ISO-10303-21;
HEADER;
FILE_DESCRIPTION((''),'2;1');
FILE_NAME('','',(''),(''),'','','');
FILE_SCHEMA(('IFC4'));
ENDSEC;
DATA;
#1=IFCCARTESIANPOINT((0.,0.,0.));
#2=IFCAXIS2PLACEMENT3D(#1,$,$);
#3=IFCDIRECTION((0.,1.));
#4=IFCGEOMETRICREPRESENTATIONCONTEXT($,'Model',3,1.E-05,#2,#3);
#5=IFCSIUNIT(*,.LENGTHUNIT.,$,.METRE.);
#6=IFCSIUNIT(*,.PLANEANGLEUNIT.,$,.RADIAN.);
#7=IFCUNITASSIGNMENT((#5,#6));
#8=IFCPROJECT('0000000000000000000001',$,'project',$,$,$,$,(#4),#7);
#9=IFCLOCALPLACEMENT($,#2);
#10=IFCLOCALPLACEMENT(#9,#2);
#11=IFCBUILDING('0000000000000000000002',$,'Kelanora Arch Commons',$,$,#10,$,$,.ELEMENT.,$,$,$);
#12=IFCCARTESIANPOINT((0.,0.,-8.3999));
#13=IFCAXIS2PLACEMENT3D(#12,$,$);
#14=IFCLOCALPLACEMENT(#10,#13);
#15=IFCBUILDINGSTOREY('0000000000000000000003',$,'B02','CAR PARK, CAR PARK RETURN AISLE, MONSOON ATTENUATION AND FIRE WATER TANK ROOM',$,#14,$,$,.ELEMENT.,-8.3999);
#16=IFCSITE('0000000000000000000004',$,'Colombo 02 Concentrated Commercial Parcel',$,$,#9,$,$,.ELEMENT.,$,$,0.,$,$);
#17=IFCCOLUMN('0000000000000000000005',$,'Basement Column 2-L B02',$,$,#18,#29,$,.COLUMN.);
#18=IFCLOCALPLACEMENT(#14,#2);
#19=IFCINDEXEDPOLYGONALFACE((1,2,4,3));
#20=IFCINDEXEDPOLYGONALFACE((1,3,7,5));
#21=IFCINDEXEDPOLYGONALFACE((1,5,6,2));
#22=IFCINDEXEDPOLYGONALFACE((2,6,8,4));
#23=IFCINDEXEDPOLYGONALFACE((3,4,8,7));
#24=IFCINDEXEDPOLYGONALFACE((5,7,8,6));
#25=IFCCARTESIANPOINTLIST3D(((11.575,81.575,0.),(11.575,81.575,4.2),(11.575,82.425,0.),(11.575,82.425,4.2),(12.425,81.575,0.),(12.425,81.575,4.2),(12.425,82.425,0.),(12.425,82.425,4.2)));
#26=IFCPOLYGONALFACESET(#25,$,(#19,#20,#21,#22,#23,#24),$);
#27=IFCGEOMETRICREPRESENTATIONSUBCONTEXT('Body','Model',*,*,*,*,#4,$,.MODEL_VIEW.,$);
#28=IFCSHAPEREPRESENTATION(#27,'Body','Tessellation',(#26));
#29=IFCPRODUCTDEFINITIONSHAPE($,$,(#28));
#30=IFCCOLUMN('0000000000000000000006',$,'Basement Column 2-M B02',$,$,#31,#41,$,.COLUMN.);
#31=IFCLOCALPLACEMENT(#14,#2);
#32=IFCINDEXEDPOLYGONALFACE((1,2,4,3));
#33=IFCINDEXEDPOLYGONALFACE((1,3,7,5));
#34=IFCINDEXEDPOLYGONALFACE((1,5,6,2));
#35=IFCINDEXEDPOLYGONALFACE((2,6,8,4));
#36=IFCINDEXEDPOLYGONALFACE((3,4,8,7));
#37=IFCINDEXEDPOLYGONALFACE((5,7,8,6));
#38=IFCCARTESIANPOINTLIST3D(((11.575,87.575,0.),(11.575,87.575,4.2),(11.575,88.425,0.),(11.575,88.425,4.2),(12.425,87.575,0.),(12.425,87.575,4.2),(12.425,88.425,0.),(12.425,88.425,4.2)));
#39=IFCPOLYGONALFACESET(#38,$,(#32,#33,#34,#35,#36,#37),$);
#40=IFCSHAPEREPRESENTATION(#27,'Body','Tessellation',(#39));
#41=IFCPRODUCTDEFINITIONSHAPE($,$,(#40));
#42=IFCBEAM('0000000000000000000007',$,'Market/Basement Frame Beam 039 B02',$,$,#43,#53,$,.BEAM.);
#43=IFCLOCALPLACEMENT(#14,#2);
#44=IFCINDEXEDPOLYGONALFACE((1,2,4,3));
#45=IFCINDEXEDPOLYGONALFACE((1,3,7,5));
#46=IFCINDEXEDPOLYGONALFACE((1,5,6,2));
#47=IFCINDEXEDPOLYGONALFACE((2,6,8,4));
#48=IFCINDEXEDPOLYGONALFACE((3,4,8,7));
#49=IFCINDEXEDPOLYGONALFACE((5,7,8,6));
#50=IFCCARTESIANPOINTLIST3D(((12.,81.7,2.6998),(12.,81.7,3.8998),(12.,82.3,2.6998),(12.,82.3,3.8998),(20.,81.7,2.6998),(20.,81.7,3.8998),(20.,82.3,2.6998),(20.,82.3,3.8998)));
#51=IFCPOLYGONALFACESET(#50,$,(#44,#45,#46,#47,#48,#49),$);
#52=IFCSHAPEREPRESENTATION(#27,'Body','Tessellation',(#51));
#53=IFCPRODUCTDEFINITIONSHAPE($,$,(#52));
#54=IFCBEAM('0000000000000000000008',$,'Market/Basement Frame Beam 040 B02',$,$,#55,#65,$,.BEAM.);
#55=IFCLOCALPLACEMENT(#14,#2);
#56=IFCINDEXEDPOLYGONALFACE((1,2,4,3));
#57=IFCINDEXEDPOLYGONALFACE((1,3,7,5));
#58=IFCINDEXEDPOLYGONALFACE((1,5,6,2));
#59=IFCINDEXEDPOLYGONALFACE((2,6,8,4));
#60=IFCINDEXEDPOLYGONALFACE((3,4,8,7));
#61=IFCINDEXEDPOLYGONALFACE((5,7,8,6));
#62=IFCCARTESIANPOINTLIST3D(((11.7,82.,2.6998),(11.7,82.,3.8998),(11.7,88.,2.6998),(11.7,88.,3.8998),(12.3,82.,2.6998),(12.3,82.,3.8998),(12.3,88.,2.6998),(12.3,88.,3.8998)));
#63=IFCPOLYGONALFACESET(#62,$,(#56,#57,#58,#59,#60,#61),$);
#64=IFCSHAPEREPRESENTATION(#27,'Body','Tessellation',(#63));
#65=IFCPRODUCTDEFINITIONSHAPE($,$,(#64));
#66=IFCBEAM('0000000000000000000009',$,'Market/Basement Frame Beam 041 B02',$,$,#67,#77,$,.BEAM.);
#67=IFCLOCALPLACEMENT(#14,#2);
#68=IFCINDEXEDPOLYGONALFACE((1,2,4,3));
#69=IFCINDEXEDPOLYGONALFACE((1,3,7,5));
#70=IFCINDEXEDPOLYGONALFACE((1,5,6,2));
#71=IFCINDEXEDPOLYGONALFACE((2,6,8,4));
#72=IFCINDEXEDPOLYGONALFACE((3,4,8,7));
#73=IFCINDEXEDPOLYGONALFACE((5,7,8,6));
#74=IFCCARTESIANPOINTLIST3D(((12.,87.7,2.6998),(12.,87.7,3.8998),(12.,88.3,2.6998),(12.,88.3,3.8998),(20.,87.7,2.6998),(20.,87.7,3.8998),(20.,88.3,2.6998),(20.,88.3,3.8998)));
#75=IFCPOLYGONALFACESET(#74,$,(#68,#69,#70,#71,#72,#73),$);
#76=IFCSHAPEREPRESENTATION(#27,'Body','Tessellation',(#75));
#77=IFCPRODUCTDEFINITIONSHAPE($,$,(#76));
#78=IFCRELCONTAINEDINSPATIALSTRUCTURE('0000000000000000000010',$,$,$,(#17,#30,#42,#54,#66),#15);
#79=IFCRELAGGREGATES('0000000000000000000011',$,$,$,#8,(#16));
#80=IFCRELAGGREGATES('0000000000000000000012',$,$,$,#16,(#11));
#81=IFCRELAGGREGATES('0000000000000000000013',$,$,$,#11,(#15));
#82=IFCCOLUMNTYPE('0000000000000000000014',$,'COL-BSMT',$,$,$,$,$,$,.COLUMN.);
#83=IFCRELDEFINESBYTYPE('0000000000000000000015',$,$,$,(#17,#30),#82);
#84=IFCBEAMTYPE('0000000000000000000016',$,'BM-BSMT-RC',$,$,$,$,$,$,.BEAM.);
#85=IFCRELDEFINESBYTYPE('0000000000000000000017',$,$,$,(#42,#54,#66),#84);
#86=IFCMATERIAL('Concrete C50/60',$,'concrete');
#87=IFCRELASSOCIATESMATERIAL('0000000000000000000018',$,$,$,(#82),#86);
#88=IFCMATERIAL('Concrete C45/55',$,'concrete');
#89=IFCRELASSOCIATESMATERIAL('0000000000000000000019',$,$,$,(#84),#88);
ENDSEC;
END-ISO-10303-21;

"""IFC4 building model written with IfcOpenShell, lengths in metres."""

from ifc_helpers import new_model, si_unit, direction, frame, origin, origin_2d, place, context, subcontext, project, spatial, rectangle, extrude, material, material_profile, profile_set, type_object, element, save


model = new_model("IFC4")

# Units and contexts
model_context = context("Model", 3, precision=1e-05, world=origin(), true_north=direction((0.0, 1.0)))
body_context = subcontext(model_context, "Body", "Model", "MODEL_VIEW")
ifc_project = project(units=[si_unit("LENGTHUNIT", "METRE"), si_unit("PLANEANGLEUNIT", "RADIAN")], contexts=[model_context])

# Site, building, storey
site_placement = place(None, origin())
site = spatial("IfcSite", under=ifc_project, at=site_placement, Name="Colombo 02 Concentrated Commercial Parcel", CompositionType="ELEMENT", RefElevation=0.0)
building_placement = place(site_placement, origin())
building = spatial("IfcBuilding", under=site, at=building_placement, Name="Kelanora Arch Commons", CompositionType="ELEMENT")
storey_placement = place(building_placement, frame((0.0, 0.0, -8.3999)))
storey = spatial("IfcBuildingStorey", under=building, at=storey_placement, Name="B02", Description="CAR PARK, CAR PARK RETURN AISLE, MONSOON ATTENUATION AND FIRE WATER TANK ROOM", CompositionType="ELEMENT", Elevation=-8.3999)

# Shared definitions
ifc_material_1 = material(Name="Concrete C45/55", Category="concrete")

# Columns
ifc_material_2 = material(Name="Concrete C50/60", Category="concrete")
ifc_material_profile_1 = material_profile(ifc_material_2, rectangle(XDim=0.8501, YDim=0.8501, at=origin_2d()), Name="RC850x850")
ifc_profile_set_1 = profile_set([ifc_material_profile_1], Name="Concrete C50/60")
column_type = type_object("IfcColumnType", Name="COL-BSMT", PredefinedType="COLUMN", material=ifc_profile_set_1)
for number, where, z_axis, x_axis, name in (
    (1, (12.0, 82.0, 0.0), (0.0, 0.0, 1.0), (1.0, 0.0, 0.0), "Basement Column 2-L B02"),
    (2, (12.0, 88.0, 0.0), (0.0, 0.0, 1.0), (1.0, 0.0, 0.0), "Basement Column 2-M B02"),
):
    element("IfcColumn", number, at=place(storey_placement, frame(where, z_axis=z_axis, x_axis=x_axis)), inside=storey, type_object=column_type, Name=name, PredefinedType="COLUMN", context=body_context, shape_type="SweptSolid", body=[
        extrude(rectangle(XDim=0.8501, YDim=0.8501, at=origin_2d()), origin(), (0.0, 0.0, 1.0), 4.2),
    ])

# Beams
ifc_material_profile_2 = material_profile(ifc_material_1, rectangle(XDim=0.6001, YDim=1.2, at=origin_2d()), Name="RCB600x1200")
ifc_profile_set_2 = profile_set([ifc_material_profile_2], Name="Concrete C45/55")
beam_type = type_object("IfcBeamType", Name="BM-BSMT-RC", PredefinedType="BEAM", material=ifc_profile_set_2)
beam_1_placement = place(storey_placement, frame((12.0, 82.0, 3.2998), z_axis=(1.0, 0.0, 0.0), x_axis=(0.0, 1.0, 0.0)))
element("IfcBeam", 3, at=beam_1_placement, inside=storey, type_object=beam_type, Name="Market/Basement Frame Beam 039 B02", PredefinedType="BEAM", context=body_context, shape_type="SweptSolid", body=[
    extrude(rectangle(XDim=0.6001, YDim=1.2, at=origin_2d()), origin(), (0.0, 0.0, 1.0), 8.0),
])
beam_2_placement = place(storey_placement, frame((12.0, 82.0, 3.2998), z_axis=(0.0, 1.0, 0.0), x_axis=(-1.0, 0.0, 0.0)))
element("IfcBeam", 4, at=beam_2_placement, inside=storey, type_object=beam_type, Name="Market/Basement Frame Beam 040 B02", PredefinedType="BEAM", context=body_context, shape_type="SweptSolid", body=[
    extrude(rectangle(XDim=0.6001, YDim=1.2, at=origin_2d()), origin(), (0.0, 0.0, 1.0), 6.0),
])
beam_3_placement = place(storey_placement, frame((12.0, 88.0, 3.2998), z_axis=(1.0, 0.0, 0.0), x_axis=(0.0, 1.0, 0.0)))
element("IfcBeam", 5, at=beam_3_placement, inside=storey, type_object=beam_type, Name="Market/Basement Frame Beam 041 B02", PredefinedType="BEAM", context=body_context, shape_type="SweptSolid", body=[
    extrude(rectangle(XDim=0.6001, YDim=1.2, at=origin_2d()), origin(), (0.0, 0.0, 1.0), 8.0),
])

save(model, "model.ifc")
